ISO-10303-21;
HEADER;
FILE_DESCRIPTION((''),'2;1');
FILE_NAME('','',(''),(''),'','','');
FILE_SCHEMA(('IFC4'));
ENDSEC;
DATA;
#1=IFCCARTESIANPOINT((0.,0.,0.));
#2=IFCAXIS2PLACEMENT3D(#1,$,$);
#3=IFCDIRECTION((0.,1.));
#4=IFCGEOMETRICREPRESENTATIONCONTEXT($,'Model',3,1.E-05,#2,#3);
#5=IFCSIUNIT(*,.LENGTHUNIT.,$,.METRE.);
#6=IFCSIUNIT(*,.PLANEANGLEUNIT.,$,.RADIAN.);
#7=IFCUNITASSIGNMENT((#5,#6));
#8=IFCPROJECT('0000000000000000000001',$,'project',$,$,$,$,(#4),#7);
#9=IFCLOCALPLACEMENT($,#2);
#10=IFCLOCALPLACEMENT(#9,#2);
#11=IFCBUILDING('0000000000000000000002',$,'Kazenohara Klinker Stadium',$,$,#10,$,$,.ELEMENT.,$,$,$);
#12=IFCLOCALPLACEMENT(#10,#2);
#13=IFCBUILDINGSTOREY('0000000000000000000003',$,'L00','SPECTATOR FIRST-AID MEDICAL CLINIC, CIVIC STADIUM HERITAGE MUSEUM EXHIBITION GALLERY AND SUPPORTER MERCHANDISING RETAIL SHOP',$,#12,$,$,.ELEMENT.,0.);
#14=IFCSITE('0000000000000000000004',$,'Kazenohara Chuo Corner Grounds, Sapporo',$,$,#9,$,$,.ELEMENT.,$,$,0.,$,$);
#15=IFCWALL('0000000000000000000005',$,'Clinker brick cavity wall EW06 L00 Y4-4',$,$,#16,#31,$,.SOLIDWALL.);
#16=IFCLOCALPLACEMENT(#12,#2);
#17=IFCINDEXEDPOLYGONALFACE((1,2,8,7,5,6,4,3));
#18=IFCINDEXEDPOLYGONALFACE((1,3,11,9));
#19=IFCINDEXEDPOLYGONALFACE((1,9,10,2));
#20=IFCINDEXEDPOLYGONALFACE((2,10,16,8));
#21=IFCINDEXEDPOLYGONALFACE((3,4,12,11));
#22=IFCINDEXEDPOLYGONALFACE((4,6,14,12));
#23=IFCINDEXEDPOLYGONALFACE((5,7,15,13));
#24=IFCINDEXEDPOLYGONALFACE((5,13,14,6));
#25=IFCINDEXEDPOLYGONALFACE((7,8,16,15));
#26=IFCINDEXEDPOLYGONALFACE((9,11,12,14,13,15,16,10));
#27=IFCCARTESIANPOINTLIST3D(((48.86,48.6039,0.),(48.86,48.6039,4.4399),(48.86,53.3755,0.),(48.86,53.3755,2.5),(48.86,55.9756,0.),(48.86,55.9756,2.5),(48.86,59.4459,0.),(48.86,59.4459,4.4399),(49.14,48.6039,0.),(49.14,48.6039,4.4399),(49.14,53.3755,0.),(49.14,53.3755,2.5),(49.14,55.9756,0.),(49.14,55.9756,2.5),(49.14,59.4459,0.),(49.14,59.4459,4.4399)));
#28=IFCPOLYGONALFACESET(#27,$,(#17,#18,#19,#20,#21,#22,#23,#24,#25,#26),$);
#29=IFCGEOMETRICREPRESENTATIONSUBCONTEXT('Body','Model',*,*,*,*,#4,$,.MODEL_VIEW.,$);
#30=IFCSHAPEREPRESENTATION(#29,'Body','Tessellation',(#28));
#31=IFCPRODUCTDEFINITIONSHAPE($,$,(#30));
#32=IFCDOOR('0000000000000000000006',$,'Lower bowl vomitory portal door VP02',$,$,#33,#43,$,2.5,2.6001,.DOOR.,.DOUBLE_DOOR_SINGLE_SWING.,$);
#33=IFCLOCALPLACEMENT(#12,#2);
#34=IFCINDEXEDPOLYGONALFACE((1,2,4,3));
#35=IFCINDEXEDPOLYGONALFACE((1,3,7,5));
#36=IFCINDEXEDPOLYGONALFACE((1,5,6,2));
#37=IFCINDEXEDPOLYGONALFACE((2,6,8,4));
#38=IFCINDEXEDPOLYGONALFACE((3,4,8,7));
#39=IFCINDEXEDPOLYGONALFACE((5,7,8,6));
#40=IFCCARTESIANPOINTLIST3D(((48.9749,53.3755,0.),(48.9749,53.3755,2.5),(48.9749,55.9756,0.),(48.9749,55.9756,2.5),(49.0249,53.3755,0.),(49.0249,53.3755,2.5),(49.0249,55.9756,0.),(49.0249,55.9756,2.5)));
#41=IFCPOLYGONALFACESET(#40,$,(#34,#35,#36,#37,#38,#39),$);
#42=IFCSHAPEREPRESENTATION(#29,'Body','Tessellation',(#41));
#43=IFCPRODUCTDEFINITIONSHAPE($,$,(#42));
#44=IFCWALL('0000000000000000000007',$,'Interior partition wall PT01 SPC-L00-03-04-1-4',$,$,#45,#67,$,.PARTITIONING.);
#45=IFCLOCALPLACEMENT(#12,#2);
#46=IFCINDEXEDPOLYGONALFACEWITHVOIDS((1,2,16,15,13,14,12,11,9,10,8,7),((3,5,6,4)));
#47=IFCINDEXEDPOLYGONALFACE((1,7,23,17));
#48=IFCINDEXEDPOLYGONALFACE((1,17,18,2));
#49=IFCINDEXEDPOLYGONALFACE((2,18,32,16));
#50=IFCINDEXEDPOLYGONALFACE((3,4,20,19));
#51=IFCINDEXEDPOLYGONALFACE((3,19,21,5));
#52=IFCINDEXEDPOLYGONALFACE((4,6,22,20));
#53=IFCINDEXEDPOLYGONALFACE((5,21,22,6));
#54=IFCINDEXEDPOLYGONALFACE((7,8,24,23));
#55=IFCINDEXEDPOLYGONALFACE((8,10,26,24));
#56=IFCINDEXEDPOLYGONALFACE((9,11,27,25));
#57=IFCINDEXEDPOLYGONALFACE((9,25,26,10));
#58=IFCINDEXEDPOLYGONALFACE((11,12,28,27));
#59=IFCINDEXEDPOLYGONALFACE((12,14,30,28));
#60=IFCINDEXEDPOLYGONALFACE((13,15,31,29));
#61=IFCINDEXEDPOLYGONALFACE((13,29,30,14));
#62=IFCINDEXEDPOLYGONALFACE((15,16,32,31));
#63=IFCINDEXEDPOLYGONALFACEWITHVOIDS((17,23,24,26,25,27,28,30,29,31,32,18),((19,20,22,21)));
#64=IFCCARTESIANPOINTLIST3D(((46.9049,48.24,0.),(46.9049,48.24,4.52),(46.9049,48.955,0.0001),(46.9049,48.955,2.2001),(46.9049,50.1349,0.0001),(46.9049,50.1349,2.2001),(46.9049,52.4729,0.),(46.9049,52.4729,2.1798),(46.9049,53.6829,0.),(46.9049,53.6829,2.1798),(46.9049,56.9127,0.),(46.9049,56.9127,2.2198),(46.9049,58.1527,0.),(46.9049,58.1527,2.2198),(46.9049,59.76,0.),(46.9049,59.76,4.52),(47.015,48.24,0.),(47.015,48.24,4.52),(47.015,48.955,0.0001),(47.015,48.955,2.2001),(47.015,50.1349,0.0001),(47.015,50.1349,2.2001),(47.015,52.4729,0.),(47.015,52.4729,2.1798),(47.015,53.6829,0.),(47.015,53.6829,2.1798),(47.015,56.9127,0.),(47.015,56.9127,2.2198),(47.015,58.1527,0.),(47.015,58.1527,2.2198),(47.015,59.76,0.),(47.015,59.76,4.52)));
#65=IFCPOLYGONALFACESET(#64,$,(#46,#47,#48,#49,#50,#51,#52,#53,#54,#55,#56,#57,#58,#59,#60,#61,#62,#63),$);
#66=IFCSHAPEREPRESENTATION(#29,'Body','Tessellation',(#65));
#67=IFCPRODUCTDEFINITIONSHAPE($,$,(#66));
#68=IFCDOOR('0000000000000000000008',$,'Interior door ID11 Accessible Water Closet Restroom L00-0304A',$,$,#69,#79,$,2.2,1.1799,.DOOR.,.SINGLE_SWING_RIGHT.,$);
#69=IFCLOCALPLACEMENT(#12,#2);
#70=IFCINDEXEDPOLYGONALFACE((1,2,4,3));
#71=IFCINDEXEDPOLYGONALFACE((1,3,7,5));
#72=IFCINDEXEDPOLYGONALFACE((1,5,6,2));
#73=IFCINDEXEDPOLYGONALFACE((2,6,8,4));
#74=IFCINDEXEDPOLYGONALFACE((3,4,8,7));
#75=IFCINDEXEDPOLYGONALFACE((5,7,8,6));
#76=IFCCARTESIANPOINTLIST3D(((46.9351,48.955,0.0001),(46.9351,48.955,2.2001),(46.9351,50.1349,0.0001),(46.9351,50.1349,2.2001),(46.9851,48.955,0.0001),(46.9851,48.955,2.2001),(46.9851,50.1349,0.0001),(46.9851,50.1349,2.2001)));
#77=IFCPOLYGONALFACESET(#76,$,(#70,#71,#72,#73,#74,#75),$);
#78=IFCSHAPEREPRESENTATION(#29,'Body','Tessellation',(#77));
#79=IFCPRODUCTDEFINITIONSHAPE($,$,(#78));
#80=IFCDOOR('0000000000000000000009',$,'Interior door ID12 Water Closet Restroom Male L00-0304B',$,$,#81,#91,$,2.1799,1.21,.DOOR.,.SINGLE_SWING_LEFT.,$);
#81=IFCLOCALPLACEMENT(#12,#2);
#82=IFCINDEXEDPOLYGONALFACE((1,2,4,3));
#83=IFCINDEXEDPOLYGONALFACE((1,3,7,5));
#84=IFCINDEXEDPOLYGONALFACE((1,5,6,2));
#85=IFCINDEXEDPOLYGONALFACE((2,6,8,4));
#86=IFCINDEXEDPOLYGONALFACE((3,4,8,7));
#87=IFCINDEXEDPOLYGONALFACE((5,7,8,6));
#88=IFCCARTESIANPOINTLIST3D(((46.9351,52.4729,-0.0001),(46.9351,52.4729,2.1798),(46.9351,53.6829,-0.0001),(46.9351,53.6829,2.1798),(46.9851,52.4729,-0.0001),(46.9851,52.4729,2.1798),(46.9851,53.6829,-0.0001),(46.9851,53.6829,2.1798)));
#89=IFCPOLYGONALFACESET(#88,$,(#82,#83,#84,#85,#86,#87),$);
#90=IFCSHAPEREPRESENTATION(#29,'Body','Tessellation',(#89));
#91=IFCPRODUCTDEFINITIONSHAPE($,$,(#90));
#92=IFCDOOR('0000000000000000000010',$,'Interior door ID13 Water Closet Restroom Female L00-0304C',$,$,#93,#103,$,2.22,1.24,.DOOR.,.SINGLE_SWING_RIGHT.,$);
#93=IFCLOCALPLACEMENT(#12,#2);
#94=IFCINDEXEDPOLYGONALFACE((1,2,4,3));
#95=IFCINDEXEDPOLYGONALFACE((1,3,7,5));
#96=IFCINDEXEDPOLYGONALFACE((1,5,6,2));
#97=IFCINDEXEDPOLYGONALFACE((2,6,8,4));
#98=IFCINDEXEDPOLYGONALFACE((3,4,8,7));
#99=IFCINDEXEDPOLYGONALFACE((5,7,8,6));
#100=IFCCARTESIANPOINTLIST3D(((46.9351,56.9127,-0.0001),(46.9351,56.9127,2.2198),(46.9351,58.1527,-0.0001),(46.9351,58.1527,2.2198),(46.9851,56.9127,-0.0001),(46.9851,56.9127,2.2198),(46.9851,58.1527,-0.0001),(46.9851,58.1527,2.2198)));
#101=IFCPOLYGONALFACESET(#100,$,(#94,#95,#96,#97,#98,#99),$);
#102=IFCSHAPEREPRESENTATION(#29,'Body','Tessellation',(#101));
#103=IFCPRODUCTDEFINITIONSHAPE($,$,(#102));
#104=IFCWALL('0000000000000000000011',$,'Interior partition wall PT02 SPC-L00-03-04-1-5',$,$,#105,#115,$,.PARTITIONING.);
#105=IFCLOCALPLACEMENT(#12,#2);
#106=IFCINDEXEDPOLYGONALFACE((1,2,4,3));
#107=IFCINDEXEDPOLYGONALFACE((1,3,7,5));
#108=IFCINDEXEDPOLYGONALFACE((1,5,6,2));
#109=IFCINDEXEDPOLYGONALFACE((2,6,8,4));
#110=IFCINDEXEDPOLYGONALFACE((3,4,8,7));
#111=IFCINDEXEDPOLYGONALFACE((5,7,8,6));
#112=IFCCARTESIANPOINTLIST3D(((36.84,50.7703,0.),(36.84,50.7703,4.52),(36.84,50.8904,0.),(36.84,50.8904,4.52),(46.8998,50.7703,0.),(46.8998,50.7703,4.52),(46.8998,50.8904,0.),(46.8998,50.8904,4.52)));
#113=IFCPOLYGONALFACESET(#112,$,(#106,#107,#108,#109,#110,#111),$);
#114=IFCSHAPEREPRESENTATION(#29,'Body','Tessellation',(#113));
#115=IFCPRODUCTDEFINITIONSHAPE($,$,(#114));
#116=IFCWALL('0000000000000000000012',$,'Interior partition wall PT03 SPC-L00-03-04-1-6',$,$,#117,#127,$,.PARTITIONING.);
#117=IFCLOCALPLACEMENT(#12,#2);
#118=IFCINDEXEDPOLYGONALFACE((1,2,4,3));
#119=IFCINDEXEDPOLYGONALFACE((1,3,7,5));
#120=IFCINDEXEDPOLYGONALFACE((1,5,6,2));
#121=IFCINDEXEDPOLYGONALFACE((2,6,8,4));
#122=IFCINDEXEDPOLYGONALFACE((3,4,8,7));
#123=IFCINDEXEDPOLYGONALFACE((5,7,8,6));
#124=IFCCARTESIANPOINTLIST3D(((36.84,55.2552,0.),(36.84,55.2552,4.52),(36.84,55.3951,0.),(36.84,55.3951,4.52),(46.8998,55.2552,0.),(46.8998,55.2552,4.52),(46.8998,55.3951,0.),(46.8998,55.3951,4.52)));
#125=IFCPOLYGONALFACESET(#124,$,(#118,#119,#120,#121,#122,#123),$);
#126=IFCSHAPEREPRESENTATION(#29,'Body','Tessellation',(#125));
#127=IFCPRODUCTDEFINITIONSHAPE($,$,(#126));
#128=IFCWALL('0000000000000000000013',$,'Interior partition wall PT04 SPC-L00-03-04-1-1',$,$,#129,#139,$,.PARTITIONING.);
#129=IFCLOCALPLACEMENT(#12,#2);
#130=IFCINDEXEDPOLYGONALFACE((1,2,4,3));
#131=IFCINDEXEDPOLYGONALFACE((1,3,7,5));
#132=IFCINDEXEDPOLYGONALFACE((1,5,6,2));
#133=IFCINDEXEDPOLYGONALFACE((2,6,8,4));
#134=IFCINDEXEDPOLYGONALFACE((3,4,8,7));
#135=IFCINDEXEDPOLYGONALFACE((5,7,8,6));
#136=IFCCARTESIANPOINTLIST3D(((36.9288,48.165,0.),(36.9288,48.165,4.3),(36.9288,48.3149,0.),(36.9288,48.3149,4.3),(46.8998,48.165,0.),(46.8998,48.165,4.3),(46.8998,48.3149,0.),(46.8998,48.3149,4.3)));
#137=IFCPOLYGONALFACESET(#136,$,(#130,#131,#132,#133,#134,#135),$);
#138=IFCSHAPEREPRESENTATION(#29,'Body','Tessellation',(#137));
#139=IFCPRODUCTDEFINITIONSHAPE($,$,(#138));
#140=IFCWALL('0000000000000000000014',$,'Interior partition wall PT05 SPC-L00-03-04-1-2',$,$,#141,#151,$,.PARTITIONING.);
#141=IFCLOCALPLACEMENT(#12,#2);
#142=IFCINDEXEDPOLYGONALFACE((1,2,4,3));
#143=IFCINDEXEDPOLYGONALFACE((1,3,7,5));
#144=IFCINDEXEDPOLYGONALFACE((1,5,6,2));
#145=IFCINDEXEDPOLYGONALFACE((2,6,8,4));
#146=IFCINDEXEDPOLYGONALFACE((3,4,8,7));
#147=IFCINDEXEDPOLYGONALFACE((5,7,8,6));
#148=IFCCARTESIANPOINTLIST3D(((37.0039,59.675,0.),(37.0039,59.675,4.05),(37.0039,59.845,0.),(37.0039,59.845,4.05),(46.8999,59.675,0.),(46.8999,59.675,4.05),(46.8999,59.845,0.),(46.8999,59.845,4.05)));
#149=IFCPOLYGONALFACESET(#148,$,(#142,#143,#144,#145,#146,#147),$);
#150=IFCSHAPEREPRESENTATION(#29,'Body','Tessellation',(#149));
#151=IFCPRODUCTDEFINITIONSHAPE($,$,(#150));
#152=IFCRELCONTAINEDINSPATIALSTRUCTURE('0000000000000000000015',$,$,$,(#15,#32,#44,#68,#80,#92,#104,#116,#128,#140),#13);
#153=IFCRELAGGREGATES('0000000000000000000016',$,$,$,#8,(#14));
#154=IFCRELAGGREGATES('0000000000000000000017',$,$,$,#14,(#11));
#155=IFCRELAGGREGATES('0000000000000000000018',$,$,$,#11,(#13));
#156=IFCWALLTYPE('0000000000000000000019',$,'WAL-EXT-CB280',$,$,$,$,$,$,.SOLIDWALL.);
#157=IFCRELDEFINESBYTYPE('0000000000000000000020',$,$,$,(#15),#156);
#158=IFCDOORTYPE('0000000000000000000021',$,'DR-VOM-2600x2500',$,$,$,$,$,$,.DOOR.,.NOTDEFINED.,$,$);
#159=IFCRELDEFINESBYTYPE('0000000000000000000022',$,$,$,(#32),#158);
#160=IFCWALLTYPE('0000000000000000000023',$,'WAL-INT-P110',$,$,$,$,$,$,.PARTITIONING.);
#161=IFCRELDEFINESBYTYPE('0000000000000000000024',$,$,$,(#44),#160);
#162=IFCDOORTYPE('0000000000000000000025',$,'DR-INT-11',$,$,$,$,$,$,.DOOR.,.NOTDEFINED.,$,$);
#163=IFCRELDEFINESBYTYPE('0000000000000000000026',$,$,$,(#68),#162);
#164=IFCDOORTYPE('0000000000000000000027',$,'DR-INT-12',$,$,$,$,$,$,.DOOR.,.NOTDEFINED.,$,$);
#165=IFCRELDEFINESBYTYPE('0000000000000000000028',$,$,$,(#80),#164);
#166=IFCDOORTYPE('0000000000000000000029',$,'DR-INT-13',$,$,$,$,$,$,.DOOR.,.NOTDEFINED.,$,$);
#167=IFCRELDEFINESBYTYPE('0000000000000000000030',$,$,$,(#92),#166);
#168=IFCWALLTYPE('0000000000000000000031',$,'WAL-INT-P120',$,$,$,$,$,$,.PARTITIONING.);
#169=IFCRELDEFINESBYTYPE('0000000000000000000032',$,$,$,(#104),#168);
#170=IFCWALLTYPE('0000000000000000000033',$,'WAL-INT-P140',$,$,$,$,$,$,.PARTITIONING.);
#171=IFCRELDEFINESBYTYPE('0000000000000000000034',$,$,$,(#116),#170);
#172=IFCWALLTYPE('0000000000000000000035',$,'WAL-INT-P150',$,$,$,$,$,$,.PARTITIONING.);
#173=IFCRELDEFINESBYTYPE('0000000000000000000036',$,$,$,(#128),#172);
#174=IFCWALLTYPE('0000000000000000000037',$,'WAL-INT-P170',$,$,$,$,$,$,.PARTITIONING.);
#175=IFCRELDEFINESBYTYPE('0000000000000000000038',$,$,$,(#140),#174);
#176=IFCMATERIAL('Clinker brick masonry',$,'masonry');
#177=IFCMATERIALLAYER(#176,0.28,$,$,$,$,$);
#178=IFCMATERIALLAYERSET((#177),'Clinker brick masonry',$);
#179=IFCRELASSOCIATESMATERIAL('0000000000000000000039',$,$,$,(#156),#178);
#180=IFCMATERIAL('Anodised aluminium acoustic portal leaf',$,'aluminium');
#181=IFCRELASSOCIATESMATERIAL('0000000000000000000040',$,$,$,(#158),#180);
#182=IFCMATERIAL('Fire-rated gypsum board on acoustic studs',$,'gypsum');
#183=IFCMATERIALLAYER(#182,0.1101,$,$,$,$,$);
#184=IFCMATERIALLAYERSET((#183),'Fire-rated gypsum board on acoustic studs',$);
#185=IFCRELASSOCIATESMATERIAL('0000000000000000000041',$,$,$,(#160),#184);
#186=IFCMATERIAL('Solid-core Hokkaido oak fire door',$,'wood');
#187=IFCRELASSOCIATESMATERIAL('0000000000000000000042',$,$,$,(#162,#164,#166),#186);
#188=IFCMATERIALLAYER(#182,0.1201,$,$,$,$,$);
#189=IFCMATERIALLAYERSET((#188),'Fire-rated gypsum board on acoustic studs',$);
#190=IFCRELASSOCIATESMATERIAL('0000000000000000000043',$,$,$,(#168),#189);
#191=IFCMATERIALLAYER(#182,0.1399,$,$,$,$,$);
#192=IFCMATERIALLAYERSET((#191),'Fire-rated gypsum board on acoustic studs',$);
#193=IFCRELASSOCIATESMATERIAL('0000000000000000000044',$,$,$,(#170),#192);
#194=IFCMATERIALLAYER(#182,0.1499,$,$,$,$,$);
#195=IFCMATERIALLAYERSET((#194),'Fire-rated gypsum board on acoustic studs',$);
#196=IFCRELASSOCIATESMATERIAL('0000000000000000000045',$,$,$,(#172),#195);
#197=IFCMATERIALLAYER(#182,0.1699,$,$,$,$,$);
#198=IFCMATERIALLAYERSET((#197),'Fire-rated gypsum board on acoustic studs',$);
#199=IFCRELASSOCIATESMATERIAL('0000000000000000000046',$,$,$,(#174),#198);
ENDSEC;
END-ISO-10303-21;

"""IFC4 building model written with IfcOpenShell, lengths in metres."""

from ifc_helpers import new_model, si_unit, direction, frame, frame_2d, origin, place, context, subcontext, project, spatial, rectangle, extrude, material, layer, layer_set, type_object, element, fill, save


model = new_model("IFC4")

# Units and contexts
model_context = context("Model", 3, precision=1e-05, world=origin(), true_north=direction((0.0, 1.0)))
body_context = subcontext(model_context, "Body", "Model", "MODEL_VIEW")
ifc_project = project(units=[si_unit("LENGTHUNIT", "METRE"), si_unit("PLANEANGLEUNIT", "RADIAN")], contexts=[model_context])

# Site, building, storey
site_placement = place(None, origin())
site = spatial("IfcSite", under=ifc_project, at=site_placement, Name="Kazenohara Chuo Corner Grounds, Sapporo", CompositionType="ELEMENT", RefElevation=0.0)
building_placement = place(site_placement, origin())
building = spatial("IfcBuilding", under=site, at=building_placement, Name="Kazenohara Klinker Stadium", CompositionType="ELEMENT")
storey_placement = place(building_placement, origin())
storey = spatial("IfcBuildingStorey", under=building, at=storey_placement, Name="L00", Description="SPECTATOR FIRST-AID MEDICAL CLINIC, CIVIC STADIUM HERITAGE MUSEUM EXHIBITION GALLERY AND SUPPORTER MERCHANDISING RETAIL SHOP", CompositionType="ELEMENT", Elevation=0.0)

# Wall, opening, door
ifc_material_1 = material(Name="Clinker brick masonry", Category="masonry")
ifc_layer_1 = layer(ifc_material_1, 0.28)
ifc_layer_set_1 = layer_set([ifc_layer_1], Name="Clinker brick masonry")
wall_type_1 = type_object("IfcWallType", Name="WAL-EXT-CB280", PredefinedType="SOLIDWALL", material=ifc_layer_set_1)
wall_1_placement = place(storey_placement, frame((49.0, 48.604, 0.0), z_axis=(0.0, 0.0, 1.0), x_axis=(0.0, 1.0, 0.0)))
wall_1 = element("IfcWall", 1, at=wall_1_placement, inside=storey, type_object=wall_type_1, Name="Clinker brick cavity wall EW06 L00 Y4-4", PredefinedType="SOLIDWALL", context=body_context, shape_type="SweptSolid", body=[
    extrude(rectangle(XDim=10.842, YDim=0.28, at=frame_2d((5.4209, 0.0))), origin(), (0.0, 0.0, 1.0), 4.4399),
])
opening_1_placement = place(wall_1_placement, frame((7.3716, 0.0, 0.0), z_axis=(0.0, 0.0, 1.0), x_axis=(-1.0, 0.0, 0.0)))
opening_1 = element("IfcOpeningElement", 2, at=opening_1_placement, cuts=wall_1, PredefinedType="OPENING", context=body_context, shape_type="SweptSolid", body=[
    extrude(rectangle(XDim=2.6001, YDim=2.5, at=frame_2d((1.3, 1.25))), frame((0.0, 0.1499, 0.0), z_axis=(0.0, -1.0, 0.0), x_axis=(1.0, 0.0, 0.0)), (0.0, 0.0, 1.0), 0.3),
])
ifc_material_2 = material(Name="Anodised aluminium acoustic portal leaf", Category="aluminium")
door_type_1 = type_object("IfcDoorType", Name="DR-VOM-2600x2500", OperationType="NOTDEFINED", PredefinedType="DOOR", material=ifc_material_2)
door_1_placement = place(opening_1_placement, origin())
door_1 = element("IfcDoor", 3, at=door_1_placement, inside=storey, type_object=door_type_1, Name="Lower bowl vomitory portal door VP02", OperationType="DOUBLE_DOOR_SINGLE_SWING", OverallHeight=2.5, OverallWidth=2.6001, PredefinedType="DOOR", context=body_context, shape_type="SweptSolid", body=[
    extrude(rectangle(XDim=2.6001, YDim=2.5, at=frame_2d((1.3, 1.25))), frame((0.0, 0.0249, 0.0), z_axis=(0.0, -1.0, 0.0), x_axis=(1.0, 0.0, 0.0)), (0.0, 0.0, 1.0), 0.05),
])
fill(opening_1, door_1)

# Wall, openings, doors
ifc_material_3 = material(Name="Fire-rated gypsum board on acoustic studs", Category="gypsum")
ifc_layer_2 = layer(ifc_material_3, 0.1101)
ifc_layer_set_2 = layer_set([ifc_layer_2], Name="Fire-rated gypsum board on acoustic studs")
wall_type_2 = type_object("IfcWallType", Name="WAL-INT-P110", PredefinedType="PARTITIONING", material=ifc_layer_set_2)
wall_2_placement = place(storey_placement, frame((46.96, 48.24, 0.0), z_axis=(0.0, 0.0, 1.0), x_axis=(0.0, 1.0, 0.0)))
wall_2 = element("IfcWall", 4, at=wall_2_placement, inside=storey, type_object=wall_type_2, Name="Interior partition wall PT01 SPC-L00-03-04-1-4", PredefinedType="PARTITIONING", context=body_context, shape_type="SweptSolid", body=[
    extrude(rectangle(XDim=11.52, YDim=0.1101, at=frame_2d((5.76, 0.0))), origin(), (0.0, 0.0, 1.0), 4.52),
])
opening_2_placement = place(wall_2_placement, frame((0.7151, 0.0, 0.0)))
opening_2 = element("IfcOpeningElement", 5, at=opening_2_placement, cuts=wall_2, PredefinedType="OPENING", context=body_context, shape_type="SweptSolid", body=[
    extrude(rectangle(XDim=1.1799, YDim=2.2, at=frame_2d((0.5898, 1.1001))), frame((0.0, 0.0649, 0.0), z_axis=(0.0, -1.0, 0.0), x_axis=(1.0, 0.0, 0.0)), (0.0, 0.0, 1.0), 0.1301),
])
opening_3_placement = place(wall_2_placement, frame((4.2329, 0.0, 0.0)))
opening_3 = element("IfcOpeningElement", 6, at=opening_3_placement, cuts=wall_2, PredefinedType="OPENING", context=body_context, shape_type="SweptSolid", body=[
    extrude(rectangle(XDim=1.21, YDim=2.1799, at=frame_2d((0.605, 1.0898))), frame((0.0, 0.0649, 0.0), z_axis=(0.0, -1.0, 0.0), x_axis=(1.0, 0.0, 0.0)), (0.0, 0.0, 1.0), 0.1301),
])
opening_4_placement = place(wall_2_placement, frame((8.6726, 0.0, 0.0)))
opening_4 = element("IfcOpeningElement", 7, at=opening_4_placement, cuts=wall_2, PredefinedType="OPENING", context=body_context, shape_type="SweptSolid", body=[
    extrude(rectangle(XDim=1.24, YDim=2.22, at=frame_2d((0.6201, 1.1099))), frame((0.0, 0.0649, 0.0), z_axis=(0.0, -1.0, 0.0), x_axis=(1.0, 0.0, 0.0)), (0.0, 0.0, 1.0), 0.1301),
])
ifc_material_4 = material(Name="Solid-core Hokkaido oak fire door", Category="wood")
door_type_2 = type_object("IfcDoorType", Name="DR-INT-11", OperationType="NOTDEFINED", PredefinedType="DOOR", material=ifc_material_4)
door_2_placement = place(opening_2_placement, origin())
door_2 = element("IfcDoor", 8, at=door_2_placement, inside=storey, type_object=door_type_2, Name="Interior door ID11 Accessible Water Closet Restroom L00-0304A", OperationType="SINGLE_SWING_RIGHT", OverallHeight=2.2, OverallWidth=1.1799, PredefinedType="DOOR", context=body_context, shape_type="SweptSolid", body=[
    extrude(rectangle(XDim=1.1799, YDim=2.2, at=frame_2d((0.5898, 1.1001))), frame((0.0, 0.0249, 0.0), z_axis=(0.0, -1.0, 0.0), x_axis=(1.0, 0.0, 0.0)), (0.0, 0.0, 1.0), 0.05),
])
fill(opening_2, door_2)
door_type_3 = type_object("IfcDoorType", Name="DR-INT-12", OperationType="NOTDEFINED", PredefinedType="DOOR", material=ifc_material_4)
door_3_placement = place(opening_3_placement, origin())
door_3 = element("IfcDoor", 9, at=door_3_placement, inside=storey, type_object=door_type_3, Name="Interior door ID12 Water Closet Restroom Male L00-0304B", OperationType="SINGLE_SWING_LEFT", OverallHeight=2.1799, OverallWidth=1.21, PredefinedType="DOOR", context=body_context, shape_type="SweptSolid", body=[
    extrude(rectangle(XDim=1.21, YDim=2.1799, at=frame_2d((0.605, 1.0898))), frame((0.0, 0.0249, 0.0), z_axis=(0.0, -1.0, 0.0), x_axis=(1.0, 0.0, 0.0)), (0.0, 0.0, 1.0), 0.05),
])
fill(opening_3, door_3)
door_type_4 = type_object("IfcDoorType", Name="DR-INT-13", OperationType="NOTDEFINED", PredefinedType="DOOR", material=ifc_material_4)
door_4_placement = place(opening_4_placement, origin())
door_4 = element("IfcDoor", 10, at=door_4_placement, inside=storey, type_object=door_type_4, Name="Interior door ID13 Water Closet Restroom Female L00-0304C", OperationType="SINGLE_SWING_RIGHT", OverallHeight=2.22, OverallWidth=1.24, PredefinedType="DOOR", context=body_context, shape_type="SweptSolid", body=[
    extrude(rectangle(XDim=1.24, YDim=2.22, at=frame_2d((0.6201, 1.1099))), frame((0.0, 0.0249, 0.0), z_axis=(0.0, -1.0, 0.0), x_axis=(1.0, 0.0, 0.0)), (0.0, 0.0, 1.0), 0.05),
])
fill(opening_4, door_4)

# Walls
ifc_layer_3 = layer(ifc_material_3, 0.1201)
ifc_layer_set_3 = layer_set([ifc_layer_3], Name="Fire-rated gypsum board on acoustic studs")
wall_type_3 = type_object("IfcWallType", Name="WAL-INT-P120", PredefinedType="PARTITIONING", material=ifc_layer_set_3)
wall_3_placement = place(storey_placement, frame((36.8401, 50.8303, 0.0), z_axis=(0.0, 0.0, 1.0), x_axis=(1.0, 0.0, 0.0)))
element("IfcWall", 11, at=wall_3_placement, inside=storey, type_object=wall_type_3, Name="Interior partition wall PT02 SPC-L00-03-04-1-5", PredefinedType="PARTITIONING", context=body_context, shape_type="SweptSolid", body=[
    extrude(rectangle(XDim=10.0598, YDim=0.1201, at=frame_2d((5.0298, 0.0))), origin(), (0.0, 0.0, 1.0), 4.52),
])
ifc_layer_4 = layer(ifc_material_3, 0.1399)
ifc_layer_set_4 = layer_set([ifc_layer_4], Name="Fire-rated gypsum board on acoustic studs")
wall_type_4 = type_object("IfcWallType", Name="WAL-INT-P140", PredefinedType="PARTITIONING", material=ifc_layer_set_4)
wall_4_placement = place(storey_placement, frame((36.8401, 55.3252, 0.0), z_axis=(0.0, 0.0, 1.0), x_axis=(1.0, 0.0, 0.0)))
element("IfcWall", 12, at=wall_4_placement, inside=storey, type_object=wall_type_4, Name="Interior partition wall PT03 SPC-L00-03-04-1-6", PredefinedType="PARTITIONING", context=body_context, shape_type="SweptSolid", body=[
    extrude(rectangle(XDim=10.0598, YDim=0.1399, at=frame_2d((5.0298, 0.0))), origin(), (0.0, 0.0, 1.0), 4.52),
])
ifc_layer_5 = layer(ifc_material_3, 0.1499)
ifc_layer_set_5 = layer_set([ifc_layer_5], Name="Fire-rated gypsum board on acoustic studs")
wall_type_5 = type_object("IfcWallType", Name="WAL-INT-P150", PredefinedType="PARTITIONING", material=ifc_layer_set_5)
wall_5_placement = place(storey_placement, frame((36.929, 48.24, 0.0), z_axis=(0.0, 0.0, 1.0), x_axis=(1.0, 0.0, 0.0)))
element("IfcWall", 13, at=wall_5_placement, inside=storey, type_object=wall_type_5, Name="Interior partition wall PT04 SPC-L00-03-04-1-1", PredefinedType="PARTITIONING", context=body_context, shape_type="SweptSolid", body=[
    extrude(rectangle(XDim=9.9709, YDim=0.1499, at=frame_2d((4.9854, 0.0))), origin(), (0.0, 0.0, 1.0), 4.3),
])
ifc_layer_6 = layer(ifc_material_3, 0.1699)
ifc_layer_set_6 = layer_set([ifc_layer_6], Name="Fire-rated gypsum board on acoustic studs")
wall_type_6 = type_object("IfcWallType", Name="WAL-INT-P170", PredefinedType="PARTITIONING", material=ifc_layer_set_6)
wall_6_placement = place(storey_placement, frame((37.0039, 59.76, 0.0), z_axis=(0.0, 0.0, 1.0), x_axis=(1.0, 0.0, 0.0)))
element("IfcWall", 14, at=wall_6_placement, inside=storey, type_object=wall_type_6, Name="Interior partition wall PT05 SPC-L00-03-04-1-2", PredefinedType="PARTITIONING", context=body_context, shape_type="SweptSolid", body=[
    extrude(rectangle(XDim=9.896, YDim=0.1699, at=frame_2d((4.948, 0.0))), origin(), (0.0, 0.0, 1.0), 4.05),
])

save(model, "model.ifc")
